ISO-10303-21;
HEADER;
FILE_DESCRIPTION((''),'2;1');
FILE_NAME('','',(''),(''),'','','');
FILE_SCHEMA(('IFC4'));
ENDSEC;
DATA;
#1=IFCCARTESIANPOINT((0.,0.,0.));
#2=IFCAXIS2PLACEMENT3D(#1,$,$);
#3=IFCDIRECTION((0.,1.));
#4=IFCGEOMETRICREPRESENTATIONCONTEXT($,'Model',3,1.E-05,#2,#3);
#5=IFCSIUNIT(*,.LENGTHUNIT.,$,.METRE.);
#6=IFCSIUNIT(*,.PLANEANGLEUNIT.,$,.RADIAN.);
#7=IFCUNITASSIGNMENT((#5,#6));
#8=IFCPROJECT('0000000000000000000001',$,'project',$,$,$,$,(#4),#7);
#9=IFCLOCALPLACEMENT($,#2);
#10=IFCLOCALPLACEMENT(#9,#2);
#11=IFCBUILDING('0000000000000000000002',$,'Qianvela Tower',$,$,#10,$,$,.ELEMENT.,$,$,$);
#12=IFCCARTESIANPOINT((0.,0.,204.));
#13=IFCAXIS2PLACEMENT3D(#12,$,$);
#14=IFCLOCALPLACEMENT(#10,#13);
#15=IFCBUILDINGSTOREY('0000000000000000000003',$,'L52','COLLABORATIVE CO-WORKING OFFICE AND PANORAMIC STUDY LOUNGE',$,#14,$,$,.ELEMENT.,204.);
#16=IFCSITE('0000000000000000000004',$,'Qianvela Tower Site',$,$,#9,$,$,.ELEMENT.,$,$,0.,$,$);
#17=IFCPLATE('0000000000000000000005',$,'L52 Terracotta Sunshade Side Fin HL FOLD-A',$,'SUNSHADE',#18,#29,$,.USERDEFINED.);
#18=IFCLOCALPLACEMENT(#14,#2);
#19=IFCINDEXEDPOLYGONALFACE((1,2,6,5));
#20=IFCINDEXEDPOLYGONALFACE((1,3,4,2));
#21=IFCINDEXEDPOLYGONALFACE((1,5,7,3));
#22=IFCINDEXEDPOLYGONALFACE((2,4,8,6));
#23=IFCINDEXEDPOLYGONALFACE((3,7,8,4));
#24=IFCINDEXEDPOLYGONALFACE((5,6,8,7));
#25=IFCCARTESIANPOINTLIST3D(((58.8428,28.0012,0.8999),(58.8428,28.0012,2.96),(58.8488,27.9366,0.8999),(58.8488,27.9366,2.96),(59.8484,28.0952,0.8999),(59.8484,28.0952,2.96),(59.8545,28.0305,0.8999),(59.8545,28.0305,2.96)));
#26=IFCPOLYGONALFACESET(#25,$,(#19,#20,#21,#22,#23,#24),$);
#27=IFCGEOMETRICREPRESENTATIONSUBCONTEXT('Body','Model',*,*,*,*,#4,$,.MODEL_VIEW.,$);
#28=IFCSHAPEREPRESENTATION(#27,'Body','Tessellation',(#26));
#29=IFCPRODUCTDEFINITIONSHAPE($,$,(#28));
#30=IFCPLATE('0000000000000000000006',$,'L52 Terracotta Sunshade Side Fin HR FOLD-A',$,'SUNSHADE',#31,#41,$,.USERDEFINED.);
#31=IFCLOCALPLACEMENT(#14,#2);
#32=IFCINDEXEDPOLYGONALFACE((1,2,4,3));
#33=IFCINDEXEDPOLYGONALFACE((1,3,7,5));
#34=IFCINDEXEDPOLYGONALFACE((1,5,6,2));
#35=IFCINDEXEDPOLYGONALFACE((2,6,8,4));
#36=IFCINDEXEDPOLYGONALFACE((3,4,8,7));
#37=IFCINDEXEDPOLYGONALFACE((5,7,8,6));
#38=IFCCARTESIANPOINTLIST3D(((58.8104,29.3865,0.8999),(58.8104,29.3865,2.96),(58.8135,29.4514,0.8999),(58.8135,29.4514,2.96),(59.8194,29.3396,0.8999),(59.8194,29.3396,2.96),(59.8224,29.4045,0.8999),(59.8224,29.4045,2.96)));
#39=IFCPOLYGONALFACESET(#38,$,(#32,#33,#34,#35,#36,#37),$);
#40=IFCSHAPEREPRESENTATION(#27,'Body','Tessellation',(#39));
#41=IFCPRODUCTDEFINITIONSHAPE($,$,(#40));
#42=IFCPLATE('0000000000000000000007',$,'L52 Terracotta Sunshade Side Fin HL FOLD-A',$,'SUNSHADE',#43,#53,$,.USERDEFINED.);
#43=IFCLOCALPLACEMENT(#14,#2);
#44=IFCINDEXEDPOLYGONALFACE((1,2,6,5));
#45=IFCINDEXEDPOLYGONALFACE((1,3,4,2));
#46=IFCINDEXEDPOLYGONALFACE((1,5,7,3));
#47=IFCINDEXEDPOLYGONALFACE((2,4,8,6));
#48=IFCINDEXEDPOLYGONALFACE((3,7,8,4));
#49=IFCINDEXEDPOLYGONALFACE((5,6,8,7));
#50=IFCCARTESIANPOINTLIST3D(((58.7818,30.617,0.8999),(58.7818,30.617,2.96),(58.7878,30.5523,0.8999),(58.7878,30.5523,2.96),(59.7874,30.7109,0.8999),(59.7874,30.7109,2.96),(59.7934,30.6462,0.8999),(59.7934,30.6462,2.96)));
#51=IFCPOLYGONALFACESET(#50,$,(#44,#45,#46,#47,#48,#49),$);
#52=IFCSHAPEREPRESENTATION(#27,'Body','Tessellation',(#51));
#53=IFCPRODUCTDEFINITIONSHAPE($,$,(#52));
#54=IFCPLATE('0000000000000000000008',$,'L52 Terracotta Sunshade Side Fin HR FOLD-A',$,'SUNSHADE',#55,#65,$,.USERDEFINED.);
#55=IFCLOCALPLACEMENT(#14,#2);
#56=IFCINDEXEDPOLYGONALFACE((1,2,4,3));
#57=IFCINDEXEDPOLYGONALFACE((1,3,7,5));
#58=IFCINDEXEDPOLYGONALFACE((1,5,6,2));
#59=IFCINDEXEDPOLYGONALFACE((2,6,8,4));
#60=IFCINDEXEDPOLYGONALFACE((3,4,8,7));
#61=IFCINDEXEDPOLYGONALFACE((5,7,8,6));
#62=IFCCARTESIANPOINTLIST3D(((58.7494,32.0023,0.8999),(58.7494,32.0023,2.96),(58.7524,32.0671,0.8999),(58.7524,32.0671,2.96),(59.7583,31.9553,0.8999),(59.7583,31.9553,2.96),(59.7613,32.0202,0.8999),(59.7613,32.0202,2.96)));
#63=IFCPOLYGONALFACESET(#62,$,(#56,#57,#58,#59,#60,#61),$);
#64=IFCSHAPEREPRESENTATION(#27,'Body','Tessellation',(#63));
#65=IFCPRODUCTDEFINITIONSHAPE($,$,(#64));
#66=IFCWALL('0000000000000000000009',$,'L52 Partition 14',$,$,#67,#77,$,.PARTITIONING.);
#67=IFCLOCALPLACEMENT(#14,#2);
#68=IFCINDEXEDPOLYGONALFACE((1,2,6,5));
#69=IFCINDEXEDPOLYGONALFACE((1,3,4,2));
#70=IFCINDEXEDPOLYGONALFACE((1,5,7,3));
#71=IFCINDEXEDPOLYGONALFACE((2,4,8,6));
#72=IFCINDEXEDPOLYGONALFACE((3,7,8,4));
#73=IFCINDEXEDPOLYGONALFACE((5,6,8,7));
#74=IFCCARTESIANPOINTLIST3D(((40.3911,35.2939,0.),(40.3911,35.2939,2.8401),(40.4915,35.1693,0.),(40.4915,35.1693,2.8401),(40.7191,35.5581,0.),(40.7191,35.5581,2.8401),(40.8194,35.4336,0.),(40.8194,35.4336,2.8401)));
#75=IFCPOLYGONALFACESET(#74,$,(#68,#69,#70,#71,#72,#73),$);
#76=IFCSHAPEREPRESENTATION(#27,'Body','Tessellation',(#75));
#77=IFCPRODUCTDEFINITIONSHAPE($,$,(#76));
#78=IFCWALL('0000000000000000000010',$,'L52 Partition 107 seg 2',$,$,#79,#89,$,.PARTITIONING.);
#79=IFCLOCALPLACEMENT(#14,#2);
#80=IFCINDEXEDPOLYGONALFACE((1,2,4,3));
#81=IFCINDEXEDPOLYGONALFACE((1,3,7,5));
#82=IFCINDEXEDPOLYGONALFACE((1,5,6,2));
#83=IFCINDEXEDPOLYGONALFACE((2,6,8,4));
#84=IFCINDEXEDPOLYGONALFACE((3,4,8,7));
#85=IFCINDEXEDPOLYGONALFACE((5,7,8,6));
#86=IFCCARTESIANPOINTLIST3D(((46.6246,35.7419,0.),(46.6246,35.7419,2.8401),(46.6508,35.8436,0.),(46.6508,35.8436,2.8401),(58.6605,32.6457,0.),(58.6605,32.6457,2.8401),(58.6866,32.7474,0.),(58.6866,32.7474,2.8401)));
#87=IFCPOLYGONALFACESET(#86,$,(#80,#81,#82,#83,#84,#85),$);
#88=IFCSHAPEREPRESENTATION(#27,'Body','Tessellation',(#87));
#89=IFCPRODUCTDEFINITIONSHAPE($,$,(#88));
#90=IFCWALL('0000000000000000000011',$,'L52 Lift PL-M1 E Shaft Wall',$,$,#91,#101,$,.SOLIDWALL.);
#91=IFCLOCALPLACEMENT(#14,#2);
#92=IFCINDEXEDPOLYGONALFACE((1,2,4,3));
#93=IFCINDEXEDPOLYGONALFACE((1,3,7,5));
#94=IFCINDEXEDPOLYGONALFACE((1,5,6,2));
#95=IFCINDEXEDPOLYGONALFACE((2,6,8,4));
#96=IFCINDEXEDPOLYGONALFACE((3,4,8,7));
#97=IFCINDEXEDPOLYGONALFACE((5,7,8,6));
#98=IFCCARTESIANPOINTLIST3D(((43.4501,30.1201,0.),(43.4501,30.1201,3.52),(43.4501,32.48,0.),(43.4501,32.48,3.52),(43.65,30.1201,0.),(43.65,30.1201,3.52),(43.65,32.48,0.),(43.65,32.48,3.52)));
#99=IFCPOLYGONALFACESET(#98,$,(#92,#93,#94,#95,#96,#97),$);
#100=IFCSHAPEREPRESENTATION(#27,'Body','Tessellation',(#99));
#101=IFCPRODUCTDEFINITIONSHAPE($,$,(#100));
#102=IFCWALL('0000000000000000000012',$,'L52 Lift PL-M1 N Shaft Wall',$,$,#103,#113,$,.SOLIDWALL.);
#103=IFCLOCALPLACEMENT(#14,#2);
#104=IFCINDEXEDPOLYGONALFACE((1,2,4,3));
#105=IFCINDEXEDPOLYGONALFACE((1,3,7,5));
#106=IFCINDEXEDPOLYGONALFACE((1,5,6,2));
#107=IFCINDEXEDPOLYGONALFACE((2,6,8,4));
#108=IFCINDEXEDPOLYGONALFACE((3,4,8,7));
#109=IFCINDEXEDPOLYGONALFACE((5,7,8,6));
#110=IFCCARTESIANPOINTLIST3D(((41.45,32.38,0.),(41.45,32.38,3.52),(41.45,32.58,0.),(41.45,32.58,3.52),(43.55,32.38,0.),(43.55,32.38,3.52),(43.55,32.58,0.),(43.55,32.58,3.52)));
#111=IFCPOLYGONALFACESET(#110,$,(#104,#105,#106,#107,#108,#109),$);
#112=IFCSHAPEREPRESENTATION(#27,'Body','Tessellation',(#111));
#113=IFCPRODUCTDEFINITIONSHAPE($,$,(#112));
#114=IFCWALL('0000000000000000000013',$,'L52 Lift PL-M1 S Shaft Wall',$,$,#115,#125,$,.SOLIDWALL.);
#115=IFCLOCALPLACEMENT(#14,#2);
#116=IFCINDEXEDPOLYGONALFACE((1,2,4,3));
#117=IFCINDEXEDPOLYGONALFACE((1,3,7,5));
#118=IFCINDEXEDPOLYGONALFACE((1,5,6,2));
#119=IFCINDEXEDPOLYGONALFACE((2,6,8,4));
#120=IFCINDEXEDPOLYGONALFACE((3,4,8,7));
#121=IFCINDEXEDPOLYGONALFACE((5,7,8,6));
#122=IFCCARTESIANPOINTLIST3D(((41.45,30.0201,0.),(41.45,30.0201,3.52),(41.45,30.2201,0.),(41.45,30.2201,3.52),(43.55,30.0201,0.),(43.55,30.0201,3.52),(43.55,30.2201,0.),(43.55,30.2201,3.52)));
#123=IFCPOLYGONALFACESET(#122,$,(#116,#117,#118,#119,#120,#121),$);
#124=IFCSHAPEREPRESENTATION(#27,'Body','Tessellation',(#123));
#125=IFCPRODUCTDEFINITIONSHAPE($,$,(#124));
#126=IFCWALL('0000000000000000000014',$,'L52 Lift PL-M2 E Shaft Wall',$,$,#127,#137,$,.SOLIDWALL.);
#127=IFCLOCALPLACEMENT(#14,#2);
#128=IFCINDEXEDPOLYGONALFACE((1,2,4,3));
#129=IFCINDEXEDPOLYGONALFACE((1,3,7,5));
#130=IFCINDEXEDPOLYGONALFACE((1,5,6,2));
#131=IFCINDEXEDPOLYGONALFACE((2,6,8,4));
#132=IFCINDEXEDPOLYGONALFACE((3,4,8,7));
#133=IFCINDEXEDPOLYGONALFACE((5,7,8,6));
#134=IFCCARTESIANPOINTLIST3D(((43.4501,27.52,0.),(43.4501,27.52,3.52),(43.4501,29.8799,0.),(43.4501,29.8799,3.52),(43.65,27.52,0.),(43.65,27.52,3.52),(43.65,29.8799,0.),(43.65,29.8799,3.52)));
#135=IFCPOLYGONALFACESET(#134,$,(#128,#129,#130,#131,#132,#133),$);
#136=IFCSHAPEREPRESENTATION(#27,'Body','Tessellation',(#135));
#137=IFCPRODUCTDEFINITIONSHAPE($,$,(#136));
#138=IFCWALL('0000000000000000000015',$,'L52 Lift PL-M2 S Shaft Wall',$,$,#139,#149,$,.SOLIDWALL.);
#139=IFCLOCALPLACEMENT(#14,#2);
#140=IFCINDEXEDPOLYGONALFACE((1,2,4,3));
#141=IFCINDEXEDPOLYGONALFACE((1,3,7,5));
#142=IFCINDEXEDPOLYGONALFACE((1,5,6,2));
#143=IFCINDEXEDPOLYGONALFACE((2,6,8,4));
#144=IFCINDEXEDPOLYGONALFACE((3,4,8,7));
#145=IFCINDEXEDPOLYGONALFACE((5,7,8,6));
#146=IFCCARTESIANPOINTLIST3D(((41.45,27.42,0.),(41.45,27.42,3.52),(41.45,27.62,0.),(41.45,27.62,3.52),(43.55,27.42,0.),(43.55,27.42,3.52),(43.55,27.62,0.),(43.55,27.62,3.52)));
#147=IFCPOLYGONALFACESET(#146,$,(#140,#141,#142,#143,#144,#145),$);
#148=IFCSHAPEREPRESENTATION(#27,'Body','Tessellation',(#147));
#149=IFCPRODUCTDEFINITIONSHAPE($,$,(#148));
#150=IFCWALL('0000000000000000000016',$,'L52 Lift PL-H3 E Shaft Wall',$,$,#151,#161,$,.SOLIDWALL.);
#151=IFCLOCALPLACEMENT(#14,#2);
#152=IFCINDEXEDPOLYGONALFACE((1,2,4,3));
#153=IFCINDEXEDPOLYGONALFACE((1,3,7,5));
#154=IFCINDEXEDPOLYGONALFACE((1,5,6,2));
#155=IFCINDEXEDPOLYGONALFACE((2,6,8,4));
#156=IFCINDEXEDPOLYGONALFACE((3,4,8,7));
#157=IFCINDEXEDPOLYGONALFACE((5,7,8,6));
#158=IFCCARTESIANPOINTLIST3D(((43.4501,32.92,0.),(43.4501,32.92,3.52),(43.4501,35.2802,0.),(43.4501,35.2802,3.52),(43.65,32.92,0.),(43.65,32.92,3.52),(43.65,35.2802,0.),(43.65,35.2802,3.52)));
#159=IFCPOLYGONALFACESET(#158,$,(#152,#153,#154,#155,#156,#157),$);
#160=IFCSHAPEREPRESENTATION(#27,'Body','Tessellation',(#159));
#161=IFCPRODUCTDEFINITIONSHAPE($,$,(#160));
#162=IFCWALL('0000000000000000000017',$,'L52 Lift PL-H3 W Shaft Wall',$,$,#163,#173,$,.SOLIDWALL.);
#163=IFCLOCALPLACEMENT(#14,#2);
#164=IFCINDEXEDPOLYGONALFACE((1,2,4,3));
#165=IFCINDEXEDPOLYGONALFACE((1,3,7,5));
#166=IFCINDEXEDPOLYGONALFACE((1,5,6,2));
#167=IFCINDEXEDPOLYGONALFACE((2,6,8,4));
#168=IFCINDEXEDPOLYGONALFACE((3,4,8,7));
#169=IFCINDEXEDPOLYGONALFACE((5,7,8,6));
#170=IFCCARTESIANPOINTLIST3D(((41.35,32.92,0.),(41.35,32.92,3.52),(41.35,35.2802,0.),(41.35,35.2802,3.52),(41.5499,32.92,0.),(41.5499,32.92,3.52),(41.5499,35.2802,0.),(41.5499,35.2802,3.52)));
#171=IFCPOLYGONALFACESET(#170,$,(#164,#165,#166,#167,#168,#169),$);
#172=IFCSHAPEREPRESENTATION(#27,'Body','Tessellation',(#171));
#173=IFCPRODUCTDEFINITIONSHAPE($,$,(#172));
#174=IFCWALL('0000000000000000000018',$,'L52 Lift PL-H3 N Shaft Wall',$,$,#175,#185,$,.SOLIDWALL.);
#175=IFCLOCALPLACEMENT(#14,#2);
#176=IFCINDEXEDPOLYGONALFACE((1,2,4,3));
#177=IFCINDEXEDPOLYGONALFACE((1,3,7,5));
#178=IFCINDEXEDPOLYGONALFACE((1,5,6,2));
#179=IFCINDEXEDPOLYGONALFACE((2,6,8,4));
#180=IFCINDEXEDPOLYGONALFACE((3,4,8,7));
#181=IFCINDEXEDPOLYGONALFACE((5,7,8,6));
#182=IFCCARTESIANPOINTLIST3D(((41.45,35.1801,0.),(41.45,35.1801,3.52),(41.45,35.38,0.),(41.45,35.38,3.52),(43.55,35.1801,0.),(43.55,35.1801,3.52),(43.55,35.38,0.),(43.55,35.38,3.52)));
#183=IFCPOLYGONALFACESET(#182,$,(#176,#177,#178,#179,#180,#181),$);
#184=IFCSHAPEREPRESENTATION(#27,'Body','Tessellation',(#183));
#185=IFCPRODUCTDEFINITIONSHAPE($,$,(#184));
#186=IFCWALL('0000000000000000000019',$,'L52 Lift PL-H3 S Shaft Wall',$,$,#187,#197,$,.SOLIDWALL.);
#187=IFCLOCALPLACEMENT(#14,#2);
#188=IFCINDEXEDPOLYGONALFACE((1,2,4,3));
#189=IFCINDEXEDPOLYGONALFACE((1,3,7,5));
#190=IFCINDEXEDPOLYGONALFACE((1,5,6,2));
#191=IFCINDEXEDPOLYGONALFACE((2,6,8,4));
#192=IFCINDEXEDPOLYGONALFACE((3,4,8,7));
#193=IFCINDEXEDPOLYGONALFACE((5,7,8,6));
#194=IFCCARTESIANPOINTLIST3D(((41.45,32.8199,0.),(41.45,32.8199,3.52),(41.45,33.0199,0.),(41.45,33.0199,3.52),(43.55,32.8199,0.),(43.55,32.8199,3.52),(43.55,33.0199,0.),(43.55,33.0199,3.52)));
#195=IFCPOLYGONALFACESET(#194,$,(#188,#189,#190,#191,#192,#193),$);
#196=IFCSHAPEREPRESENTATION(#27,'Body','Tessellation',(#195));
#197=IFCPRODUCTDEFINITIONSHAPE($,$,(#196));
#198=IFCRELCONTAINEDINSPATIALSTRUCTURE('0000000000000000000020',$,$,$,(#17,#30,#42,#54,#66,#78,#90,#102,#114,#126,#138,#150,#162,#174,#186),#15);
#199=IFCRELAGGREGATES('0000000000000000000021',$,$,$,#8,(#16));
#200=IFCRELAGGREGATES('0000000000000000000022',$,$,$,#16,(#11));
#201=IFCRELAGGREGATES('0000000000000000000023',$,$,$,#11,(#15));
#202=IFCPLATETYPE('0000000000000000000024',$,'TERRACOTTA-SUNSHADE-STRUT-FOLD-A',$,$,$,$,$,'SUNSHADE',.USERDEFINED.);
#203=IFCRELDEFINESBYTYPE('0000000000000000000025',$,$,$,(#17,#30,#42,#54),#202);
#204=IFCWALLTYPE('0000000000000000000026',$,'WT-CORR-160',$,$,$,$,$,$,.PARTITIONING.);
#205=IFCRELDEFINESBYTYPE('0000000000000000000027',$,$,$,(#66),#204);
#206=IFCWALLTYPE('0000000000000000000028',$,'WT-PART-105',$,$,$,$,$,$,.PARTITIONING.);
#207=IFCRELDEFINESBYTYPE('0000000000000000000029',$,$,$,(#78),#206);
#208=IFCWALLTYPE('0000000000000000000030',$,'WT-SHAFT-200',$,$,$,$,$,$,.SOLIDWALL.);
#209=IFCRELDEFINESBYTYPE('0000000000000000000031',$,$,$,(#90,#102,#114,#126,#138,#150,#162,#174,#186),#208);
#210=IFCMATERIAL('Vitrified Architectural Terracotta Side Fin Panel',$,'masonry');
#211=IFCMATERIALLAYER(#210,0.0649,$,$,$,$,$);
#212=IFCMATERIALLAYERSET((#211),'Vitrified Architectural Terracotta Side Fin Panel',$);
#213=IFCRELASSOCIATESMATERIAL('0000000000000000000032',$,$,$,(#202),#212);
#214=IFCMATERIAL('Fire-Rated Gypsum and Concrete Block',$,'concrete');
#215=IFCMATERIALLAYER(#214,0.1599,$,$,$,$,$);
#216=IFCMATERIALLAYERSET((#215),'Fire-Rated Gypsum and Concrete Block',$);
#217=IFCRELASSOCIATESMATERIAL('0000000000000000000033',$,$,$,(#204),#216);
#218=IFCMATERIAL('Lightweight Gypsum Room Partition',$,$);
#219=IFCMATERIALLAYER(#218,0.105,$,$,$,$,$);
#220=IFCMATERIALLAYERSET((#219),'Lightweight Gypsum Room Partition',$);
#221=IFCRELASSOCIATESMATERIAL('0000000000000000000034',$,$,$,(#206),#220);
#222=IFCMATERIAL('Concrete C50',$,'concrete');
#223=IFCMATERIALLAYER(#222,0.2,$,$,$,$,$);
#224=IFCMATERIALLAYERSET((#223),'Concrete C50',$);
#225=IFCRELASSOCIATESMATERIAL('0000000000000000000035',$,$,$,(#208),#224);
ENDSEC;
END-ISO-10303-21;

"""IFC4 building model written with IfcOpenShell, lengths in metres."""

from ifc_helpers import new_model, si_unit, direction, frame, frame_2d, origin, origin_2d, place, context, subcontext, project, spatial, rectangle, extrude, material, layer, layer_set, type_object, element, save


model = new_model("IFC4")

# Units and contexts
model_context = context("Model", 3, precision=1e-05, world=origin(), true_north=direction((0.0, 1.0)))
body_context = subcontext(model_context, "Body", "Model", "MODEL_VIEW")
ifc_project = project(units=[si_unit("LENGTHUNIT", "METRE"), si_unit("PLANEANGLEUNIT", "RADIAN")], contexts=[model_context])

# Site, building, storey
site_placement = place(None, origin())
site = spatial("IfcSite", under=ifc_project, at=site_placement, Name="Qianvela Tower Site", CompositionType="ELEMENT", RefElevation=0.0)
building_placement = place(site_placement, origin())
building = spatial("IfcBuilding", under=site, at=building_placement, Name="Qianvela Tower", CompositionType="ELEMENT")
storey_placement = place(building_placement, frame((0.0, 0.0, 204.0)))
storey = spatial("IfcBuildingStorey", under=building, at=storey_placement, Name="L52", Description="COLLABORATIVE CO-WORKING OFFICE AND PANORAMIC STUDY LOUNGE", CompositionType="ELEMENT", Elevation=204.0)

# Plates
ifc_material_1 = material(Name="Vitrified Architectural Terracotta Side Fin Panel", Category="masonry")
ifc_layer_1 = layer(ifc_material_1, 0.0649)
ifc_layer_set_1 = layer_set([ifc_layer_1], Name="Vitrified Architectural Terracotta Side Fin Panel")
plate_type_1 = type_object("IfcPlateType", Name="TERRACOTTA-SUNSHADE-STRUT-FOLD-A", ElementType="SUNSHADE", PredefinedType="USERDEFINED", material=ifc_layer_set_1)
for number, where, z_axis, x_axis, name in (
    (1, (59.3486, 28.0159, 0.8999), (0.0, 0.0, 1.0), (-0.09301, 0.995665, 0.0), "L52 Terracotta Sunshade Side Fin HL FOLD-A"),
    (2, (59.3164, 29.3955, 0.8999), (0.0, 0.0, 1.0), (0.046465, 0.99892, 0.0), "L52 Terracotta Sunshade Side Fin HR FOLD-A"),
    (3, (59.2876, 30.6316, 0.8999), (0.0, 0.0, 1.0), (-0.09301, 0.995665, 0.0), "L52 Terracotta Sunshade Side Fin HL FOLD-A"),
    (4, (59.2554, 32.0112, 0.8999), (0.0, 0.0, 1.0), (0.046465, 0.99892, 0.0), "L52 Terracotta Sunshade Side Fin HR FOLD-A"),
):
    element("IfcPlate", number, at=place(storey_placement, frame(where, z_axis=z_axis, x_axis=x_axis)), inside=storey, type_object=plate_type_1, Name=name, ObjectType="SUNSHADE", PredefinedType="USERDEFINED", context=body_context, shape_type="SweptSolid", body=[
        extrude(rectangle(XDim=0.0649, YDim=1.01, at=origin_2d()), origin(), (0.0, 0.0, 1.0), 2.0601),
    ])

# Walls
ifc_material_2 = material(Name="Fire-Rated Gypsum and Concrete Block", Category="concrete")
ifc_layer_2 = layer(ifc_material_2, 0.1599)
ifc_layer_set_2 = layer_set([ifc_layer_2], Name="Fire-Rated Gypsum and Concrete Block")
wall_type_1 = type_object("IfcWallType", Name="WT-CORR-160", PredefinedType="PARTITIONING", material=ifc_layer_set_2)
wall_1_placement = place(storey_placement, frame((40.4414, 35.2317, 0.0), z_axis=(0.0, 0.0, 1.0), x_axis=(0.778715, 0.627378, 0.0)))
element("IfcWall", 5, at=wall_1_placement, inside=storey, type_object=wall_type_1, Name="L52 Partition 14", PredefinedType="PARTITIONING", context=body_context, shape_type="SweptSolid", body=[
    extrude(rectangle(XDim=0.4211, YDim=0.1599, at=frame_2d((0.2104, 0.0))), origin(), (0.0, 0.0, 1.0), 2.8401),
])
ifc_material_3 = material(Name="Lightweight Gypsum Room Partition")
ifc_layer_3 = layer(ifc_material_3, 0.105)
ifc_layer_set_3 = layer_set([ifc_layer_3], Name="Lightweight Gypsum Room Partition")
wall_type_2 = type_object("IfcWallType", Name="WT-PART-105", PredefinedType="PARTITIONING", material=ifc_layer_set_3)
wall_2_placement = place(storey_placement, frame((46.6377, 35.7927, 0.0), z_axis=(0.0, 0.0, 1.0), x_axis=(0.968469, -0.249135, 0.0)))
element("IfcWall", 6, at=wall_2_placement, inside=storey, type_object=wall_type_2, Name="L52 Partition 107 seg 2", PredefinedType="PARTITIONING", context=body_context, shape_type="SweptSolid", body=[
    extrude(rectangle(XDim=12.4277, YDim=0.105, at=frame_2d((6.2139, 0.0))), origin(), (0.0, 0.0, 1.0), 2.8401),
])
ifc_material_4 = material(Name="Concrete C50", Category="concrete")
ifc_layer_4 = layer(ifc_material_4, 0.2)
ifc_layer_set_4 = layer_set([ifc_layer_4], Name="Concrete C50")
wall_type_3 = type_object("IfcWallType", Name="WT-SHAFT-200", PredefinedType="SOLIDWALL", material=ifc_layer_set_4)
wall_3_placement = place(storey_placement, frame((43.55, 30.1201, 0.0), z_axis=(0.0, 0.0, 1.0), x_axis=(0.0, 1.0, 0.0)))
element("IfcWall", 7, at=wall_3_placement, inside=storey, type_object=wall_type_3, Name="L52 Lift PL-M1 E Shaft Wall", PredefinedType="SOLIDWALL", context=body_context, shape_type="SweptSolid", body=[
    extrude(rectangle(XDim=2.3599, YDim=0.2, at=frame_2d((1.1799, 0.0))), origin(), (0.0, 0.0, 1.0), 3.52),
])

# Walls
for number, where, z_axis, x_axis, name in (
    (8, (41.45, 32.48, 0.0), (0.0, 0.0, 1.0), (1.0, 0.0, 0.0), "L52 Lift PL-M1 N Shaft Wall"),
    (9, (41.45, 30.1201, 0.0), (0.0, 0.0, 1.0), (1.0, 0.0, 0.0), "L52 Lift PL-M1 S Shaft Wall"),
):
    element("IfcWall", number, at=place(storey_placement, frame(where, z_axis=z_axis, x_axis=x_axis)), inside=storey, type_object=wall_type_3, Name=name, PredefinedType="SOLIDWALL", context=body_context, shape_type="SweptSolid", body=[
        extrude(rectangle(XDim=2.1001, YDim=0.2, at=frame_2d((1.05, 0.0))), origin(), (0.0, 0.0, 1.0), 3.52),
    ])
wall_4_placement = place(storey_placement, frame((43.55, 27.52, 0.0), z_axis=(0.0, 0.0, 1.0), x_axis=(0.0, 1.0, 0.0)))
element("IfcWall", 10, at=wall_4_placement, inside=storey, type_object=wall_type_3, Name="L52 Lift PL-M2 E Shaft Wall", PredefinedType="SOLIDWALL", context=body_context, shape_type="SweptSolid", body=[
    extrude(rectangle(XDim=2.3599, YDim=0.2, at=frame_2d((1.1799, 0.0))), origin(), (0.0, 0.0, 1.0), 3.52),
])

# Walls
wall_5_placement = place(storey_placement, frame((41.45, 27.52, 0.0), z_axis=(0.0, 0.0, 1.0), x_axis=(1.0, 0.0, 0.0)))
element("IfcWall", 11, at=wall_5_placement, inside=storey, type_object=wall_type_3, Name="L52 Lift PL-M2 S Shaft Wall", PredefinedType="SOLIDWALL", context=body_context, shape_type="SweptSolid", body=[
    extrude(rectangle(XDim=2.1001, YDim=0.2, at=frame_2d((1.05, 0.0))), origin(), (0.0, 0.0, 1.0), 3.52),
])
for number, where, z_axis, x_axis, name in (
    (12, (43.55, 32.9199, 0.0), (0.0, 0.0, 1.0), (0.0, 1.0, 0.0), "L52 Lift PL-H3 E Shaft Wall"),
    (13, (41.45, 32.9199, 0.0), (0.0, 0.0, 1.0), (0.0, 1.0, 0.0), "L52 Lift PL-H3 W Shaft Wall"),
):
    element("IfcWall", number, at=place(storey_placement, frame(where, z_axis=z_axis, x_axis=x_axis)), inside=storey, type_object=wall_type_3, Name=name, PredefinedType="SOLIDWALL", context=body_context, shape_type="SweptSolid", body=[
        extrude(rectangle(XDim=2.3601, YDim=0.2, at=frame_2d((1.1802, 0.0))), origin(), (0.0, 0.0, 1.0), 3.52),
    ])
for number, where, z_axis, x_axis, name in (
    (14, (41.45, 35.28, 0.0), (0.0, 0.0, 1.0), (1.0, 0.0, 0.0), "L52 Lift PL-H3 N Shaft Wall"),
    (15, (41.45, 32.9199, 0.0), (0.0, 0.0, 1.0), (1.0, 0.0, 0.0), "L52 Lift PL-H3 S Shaft Wall"),
):
    element("IfcWall", number, at=place(storey_placement, frame(where, z_axis=z_axis, x_axis=x_axis)), inside=storey, type_object=wall_type_3, Name=name, PredefinedType="SOLIDWALL", context=body_context, shape_type="SweptSolid", body=[
        extrude(rectangle(XDim=2.1001, YDim=0.2, at=frame_2d((1.05, 0.0))), origin(), (0.0, 0.0, 1.0), 3.52),
    ])

save(model, "model.ifc")
